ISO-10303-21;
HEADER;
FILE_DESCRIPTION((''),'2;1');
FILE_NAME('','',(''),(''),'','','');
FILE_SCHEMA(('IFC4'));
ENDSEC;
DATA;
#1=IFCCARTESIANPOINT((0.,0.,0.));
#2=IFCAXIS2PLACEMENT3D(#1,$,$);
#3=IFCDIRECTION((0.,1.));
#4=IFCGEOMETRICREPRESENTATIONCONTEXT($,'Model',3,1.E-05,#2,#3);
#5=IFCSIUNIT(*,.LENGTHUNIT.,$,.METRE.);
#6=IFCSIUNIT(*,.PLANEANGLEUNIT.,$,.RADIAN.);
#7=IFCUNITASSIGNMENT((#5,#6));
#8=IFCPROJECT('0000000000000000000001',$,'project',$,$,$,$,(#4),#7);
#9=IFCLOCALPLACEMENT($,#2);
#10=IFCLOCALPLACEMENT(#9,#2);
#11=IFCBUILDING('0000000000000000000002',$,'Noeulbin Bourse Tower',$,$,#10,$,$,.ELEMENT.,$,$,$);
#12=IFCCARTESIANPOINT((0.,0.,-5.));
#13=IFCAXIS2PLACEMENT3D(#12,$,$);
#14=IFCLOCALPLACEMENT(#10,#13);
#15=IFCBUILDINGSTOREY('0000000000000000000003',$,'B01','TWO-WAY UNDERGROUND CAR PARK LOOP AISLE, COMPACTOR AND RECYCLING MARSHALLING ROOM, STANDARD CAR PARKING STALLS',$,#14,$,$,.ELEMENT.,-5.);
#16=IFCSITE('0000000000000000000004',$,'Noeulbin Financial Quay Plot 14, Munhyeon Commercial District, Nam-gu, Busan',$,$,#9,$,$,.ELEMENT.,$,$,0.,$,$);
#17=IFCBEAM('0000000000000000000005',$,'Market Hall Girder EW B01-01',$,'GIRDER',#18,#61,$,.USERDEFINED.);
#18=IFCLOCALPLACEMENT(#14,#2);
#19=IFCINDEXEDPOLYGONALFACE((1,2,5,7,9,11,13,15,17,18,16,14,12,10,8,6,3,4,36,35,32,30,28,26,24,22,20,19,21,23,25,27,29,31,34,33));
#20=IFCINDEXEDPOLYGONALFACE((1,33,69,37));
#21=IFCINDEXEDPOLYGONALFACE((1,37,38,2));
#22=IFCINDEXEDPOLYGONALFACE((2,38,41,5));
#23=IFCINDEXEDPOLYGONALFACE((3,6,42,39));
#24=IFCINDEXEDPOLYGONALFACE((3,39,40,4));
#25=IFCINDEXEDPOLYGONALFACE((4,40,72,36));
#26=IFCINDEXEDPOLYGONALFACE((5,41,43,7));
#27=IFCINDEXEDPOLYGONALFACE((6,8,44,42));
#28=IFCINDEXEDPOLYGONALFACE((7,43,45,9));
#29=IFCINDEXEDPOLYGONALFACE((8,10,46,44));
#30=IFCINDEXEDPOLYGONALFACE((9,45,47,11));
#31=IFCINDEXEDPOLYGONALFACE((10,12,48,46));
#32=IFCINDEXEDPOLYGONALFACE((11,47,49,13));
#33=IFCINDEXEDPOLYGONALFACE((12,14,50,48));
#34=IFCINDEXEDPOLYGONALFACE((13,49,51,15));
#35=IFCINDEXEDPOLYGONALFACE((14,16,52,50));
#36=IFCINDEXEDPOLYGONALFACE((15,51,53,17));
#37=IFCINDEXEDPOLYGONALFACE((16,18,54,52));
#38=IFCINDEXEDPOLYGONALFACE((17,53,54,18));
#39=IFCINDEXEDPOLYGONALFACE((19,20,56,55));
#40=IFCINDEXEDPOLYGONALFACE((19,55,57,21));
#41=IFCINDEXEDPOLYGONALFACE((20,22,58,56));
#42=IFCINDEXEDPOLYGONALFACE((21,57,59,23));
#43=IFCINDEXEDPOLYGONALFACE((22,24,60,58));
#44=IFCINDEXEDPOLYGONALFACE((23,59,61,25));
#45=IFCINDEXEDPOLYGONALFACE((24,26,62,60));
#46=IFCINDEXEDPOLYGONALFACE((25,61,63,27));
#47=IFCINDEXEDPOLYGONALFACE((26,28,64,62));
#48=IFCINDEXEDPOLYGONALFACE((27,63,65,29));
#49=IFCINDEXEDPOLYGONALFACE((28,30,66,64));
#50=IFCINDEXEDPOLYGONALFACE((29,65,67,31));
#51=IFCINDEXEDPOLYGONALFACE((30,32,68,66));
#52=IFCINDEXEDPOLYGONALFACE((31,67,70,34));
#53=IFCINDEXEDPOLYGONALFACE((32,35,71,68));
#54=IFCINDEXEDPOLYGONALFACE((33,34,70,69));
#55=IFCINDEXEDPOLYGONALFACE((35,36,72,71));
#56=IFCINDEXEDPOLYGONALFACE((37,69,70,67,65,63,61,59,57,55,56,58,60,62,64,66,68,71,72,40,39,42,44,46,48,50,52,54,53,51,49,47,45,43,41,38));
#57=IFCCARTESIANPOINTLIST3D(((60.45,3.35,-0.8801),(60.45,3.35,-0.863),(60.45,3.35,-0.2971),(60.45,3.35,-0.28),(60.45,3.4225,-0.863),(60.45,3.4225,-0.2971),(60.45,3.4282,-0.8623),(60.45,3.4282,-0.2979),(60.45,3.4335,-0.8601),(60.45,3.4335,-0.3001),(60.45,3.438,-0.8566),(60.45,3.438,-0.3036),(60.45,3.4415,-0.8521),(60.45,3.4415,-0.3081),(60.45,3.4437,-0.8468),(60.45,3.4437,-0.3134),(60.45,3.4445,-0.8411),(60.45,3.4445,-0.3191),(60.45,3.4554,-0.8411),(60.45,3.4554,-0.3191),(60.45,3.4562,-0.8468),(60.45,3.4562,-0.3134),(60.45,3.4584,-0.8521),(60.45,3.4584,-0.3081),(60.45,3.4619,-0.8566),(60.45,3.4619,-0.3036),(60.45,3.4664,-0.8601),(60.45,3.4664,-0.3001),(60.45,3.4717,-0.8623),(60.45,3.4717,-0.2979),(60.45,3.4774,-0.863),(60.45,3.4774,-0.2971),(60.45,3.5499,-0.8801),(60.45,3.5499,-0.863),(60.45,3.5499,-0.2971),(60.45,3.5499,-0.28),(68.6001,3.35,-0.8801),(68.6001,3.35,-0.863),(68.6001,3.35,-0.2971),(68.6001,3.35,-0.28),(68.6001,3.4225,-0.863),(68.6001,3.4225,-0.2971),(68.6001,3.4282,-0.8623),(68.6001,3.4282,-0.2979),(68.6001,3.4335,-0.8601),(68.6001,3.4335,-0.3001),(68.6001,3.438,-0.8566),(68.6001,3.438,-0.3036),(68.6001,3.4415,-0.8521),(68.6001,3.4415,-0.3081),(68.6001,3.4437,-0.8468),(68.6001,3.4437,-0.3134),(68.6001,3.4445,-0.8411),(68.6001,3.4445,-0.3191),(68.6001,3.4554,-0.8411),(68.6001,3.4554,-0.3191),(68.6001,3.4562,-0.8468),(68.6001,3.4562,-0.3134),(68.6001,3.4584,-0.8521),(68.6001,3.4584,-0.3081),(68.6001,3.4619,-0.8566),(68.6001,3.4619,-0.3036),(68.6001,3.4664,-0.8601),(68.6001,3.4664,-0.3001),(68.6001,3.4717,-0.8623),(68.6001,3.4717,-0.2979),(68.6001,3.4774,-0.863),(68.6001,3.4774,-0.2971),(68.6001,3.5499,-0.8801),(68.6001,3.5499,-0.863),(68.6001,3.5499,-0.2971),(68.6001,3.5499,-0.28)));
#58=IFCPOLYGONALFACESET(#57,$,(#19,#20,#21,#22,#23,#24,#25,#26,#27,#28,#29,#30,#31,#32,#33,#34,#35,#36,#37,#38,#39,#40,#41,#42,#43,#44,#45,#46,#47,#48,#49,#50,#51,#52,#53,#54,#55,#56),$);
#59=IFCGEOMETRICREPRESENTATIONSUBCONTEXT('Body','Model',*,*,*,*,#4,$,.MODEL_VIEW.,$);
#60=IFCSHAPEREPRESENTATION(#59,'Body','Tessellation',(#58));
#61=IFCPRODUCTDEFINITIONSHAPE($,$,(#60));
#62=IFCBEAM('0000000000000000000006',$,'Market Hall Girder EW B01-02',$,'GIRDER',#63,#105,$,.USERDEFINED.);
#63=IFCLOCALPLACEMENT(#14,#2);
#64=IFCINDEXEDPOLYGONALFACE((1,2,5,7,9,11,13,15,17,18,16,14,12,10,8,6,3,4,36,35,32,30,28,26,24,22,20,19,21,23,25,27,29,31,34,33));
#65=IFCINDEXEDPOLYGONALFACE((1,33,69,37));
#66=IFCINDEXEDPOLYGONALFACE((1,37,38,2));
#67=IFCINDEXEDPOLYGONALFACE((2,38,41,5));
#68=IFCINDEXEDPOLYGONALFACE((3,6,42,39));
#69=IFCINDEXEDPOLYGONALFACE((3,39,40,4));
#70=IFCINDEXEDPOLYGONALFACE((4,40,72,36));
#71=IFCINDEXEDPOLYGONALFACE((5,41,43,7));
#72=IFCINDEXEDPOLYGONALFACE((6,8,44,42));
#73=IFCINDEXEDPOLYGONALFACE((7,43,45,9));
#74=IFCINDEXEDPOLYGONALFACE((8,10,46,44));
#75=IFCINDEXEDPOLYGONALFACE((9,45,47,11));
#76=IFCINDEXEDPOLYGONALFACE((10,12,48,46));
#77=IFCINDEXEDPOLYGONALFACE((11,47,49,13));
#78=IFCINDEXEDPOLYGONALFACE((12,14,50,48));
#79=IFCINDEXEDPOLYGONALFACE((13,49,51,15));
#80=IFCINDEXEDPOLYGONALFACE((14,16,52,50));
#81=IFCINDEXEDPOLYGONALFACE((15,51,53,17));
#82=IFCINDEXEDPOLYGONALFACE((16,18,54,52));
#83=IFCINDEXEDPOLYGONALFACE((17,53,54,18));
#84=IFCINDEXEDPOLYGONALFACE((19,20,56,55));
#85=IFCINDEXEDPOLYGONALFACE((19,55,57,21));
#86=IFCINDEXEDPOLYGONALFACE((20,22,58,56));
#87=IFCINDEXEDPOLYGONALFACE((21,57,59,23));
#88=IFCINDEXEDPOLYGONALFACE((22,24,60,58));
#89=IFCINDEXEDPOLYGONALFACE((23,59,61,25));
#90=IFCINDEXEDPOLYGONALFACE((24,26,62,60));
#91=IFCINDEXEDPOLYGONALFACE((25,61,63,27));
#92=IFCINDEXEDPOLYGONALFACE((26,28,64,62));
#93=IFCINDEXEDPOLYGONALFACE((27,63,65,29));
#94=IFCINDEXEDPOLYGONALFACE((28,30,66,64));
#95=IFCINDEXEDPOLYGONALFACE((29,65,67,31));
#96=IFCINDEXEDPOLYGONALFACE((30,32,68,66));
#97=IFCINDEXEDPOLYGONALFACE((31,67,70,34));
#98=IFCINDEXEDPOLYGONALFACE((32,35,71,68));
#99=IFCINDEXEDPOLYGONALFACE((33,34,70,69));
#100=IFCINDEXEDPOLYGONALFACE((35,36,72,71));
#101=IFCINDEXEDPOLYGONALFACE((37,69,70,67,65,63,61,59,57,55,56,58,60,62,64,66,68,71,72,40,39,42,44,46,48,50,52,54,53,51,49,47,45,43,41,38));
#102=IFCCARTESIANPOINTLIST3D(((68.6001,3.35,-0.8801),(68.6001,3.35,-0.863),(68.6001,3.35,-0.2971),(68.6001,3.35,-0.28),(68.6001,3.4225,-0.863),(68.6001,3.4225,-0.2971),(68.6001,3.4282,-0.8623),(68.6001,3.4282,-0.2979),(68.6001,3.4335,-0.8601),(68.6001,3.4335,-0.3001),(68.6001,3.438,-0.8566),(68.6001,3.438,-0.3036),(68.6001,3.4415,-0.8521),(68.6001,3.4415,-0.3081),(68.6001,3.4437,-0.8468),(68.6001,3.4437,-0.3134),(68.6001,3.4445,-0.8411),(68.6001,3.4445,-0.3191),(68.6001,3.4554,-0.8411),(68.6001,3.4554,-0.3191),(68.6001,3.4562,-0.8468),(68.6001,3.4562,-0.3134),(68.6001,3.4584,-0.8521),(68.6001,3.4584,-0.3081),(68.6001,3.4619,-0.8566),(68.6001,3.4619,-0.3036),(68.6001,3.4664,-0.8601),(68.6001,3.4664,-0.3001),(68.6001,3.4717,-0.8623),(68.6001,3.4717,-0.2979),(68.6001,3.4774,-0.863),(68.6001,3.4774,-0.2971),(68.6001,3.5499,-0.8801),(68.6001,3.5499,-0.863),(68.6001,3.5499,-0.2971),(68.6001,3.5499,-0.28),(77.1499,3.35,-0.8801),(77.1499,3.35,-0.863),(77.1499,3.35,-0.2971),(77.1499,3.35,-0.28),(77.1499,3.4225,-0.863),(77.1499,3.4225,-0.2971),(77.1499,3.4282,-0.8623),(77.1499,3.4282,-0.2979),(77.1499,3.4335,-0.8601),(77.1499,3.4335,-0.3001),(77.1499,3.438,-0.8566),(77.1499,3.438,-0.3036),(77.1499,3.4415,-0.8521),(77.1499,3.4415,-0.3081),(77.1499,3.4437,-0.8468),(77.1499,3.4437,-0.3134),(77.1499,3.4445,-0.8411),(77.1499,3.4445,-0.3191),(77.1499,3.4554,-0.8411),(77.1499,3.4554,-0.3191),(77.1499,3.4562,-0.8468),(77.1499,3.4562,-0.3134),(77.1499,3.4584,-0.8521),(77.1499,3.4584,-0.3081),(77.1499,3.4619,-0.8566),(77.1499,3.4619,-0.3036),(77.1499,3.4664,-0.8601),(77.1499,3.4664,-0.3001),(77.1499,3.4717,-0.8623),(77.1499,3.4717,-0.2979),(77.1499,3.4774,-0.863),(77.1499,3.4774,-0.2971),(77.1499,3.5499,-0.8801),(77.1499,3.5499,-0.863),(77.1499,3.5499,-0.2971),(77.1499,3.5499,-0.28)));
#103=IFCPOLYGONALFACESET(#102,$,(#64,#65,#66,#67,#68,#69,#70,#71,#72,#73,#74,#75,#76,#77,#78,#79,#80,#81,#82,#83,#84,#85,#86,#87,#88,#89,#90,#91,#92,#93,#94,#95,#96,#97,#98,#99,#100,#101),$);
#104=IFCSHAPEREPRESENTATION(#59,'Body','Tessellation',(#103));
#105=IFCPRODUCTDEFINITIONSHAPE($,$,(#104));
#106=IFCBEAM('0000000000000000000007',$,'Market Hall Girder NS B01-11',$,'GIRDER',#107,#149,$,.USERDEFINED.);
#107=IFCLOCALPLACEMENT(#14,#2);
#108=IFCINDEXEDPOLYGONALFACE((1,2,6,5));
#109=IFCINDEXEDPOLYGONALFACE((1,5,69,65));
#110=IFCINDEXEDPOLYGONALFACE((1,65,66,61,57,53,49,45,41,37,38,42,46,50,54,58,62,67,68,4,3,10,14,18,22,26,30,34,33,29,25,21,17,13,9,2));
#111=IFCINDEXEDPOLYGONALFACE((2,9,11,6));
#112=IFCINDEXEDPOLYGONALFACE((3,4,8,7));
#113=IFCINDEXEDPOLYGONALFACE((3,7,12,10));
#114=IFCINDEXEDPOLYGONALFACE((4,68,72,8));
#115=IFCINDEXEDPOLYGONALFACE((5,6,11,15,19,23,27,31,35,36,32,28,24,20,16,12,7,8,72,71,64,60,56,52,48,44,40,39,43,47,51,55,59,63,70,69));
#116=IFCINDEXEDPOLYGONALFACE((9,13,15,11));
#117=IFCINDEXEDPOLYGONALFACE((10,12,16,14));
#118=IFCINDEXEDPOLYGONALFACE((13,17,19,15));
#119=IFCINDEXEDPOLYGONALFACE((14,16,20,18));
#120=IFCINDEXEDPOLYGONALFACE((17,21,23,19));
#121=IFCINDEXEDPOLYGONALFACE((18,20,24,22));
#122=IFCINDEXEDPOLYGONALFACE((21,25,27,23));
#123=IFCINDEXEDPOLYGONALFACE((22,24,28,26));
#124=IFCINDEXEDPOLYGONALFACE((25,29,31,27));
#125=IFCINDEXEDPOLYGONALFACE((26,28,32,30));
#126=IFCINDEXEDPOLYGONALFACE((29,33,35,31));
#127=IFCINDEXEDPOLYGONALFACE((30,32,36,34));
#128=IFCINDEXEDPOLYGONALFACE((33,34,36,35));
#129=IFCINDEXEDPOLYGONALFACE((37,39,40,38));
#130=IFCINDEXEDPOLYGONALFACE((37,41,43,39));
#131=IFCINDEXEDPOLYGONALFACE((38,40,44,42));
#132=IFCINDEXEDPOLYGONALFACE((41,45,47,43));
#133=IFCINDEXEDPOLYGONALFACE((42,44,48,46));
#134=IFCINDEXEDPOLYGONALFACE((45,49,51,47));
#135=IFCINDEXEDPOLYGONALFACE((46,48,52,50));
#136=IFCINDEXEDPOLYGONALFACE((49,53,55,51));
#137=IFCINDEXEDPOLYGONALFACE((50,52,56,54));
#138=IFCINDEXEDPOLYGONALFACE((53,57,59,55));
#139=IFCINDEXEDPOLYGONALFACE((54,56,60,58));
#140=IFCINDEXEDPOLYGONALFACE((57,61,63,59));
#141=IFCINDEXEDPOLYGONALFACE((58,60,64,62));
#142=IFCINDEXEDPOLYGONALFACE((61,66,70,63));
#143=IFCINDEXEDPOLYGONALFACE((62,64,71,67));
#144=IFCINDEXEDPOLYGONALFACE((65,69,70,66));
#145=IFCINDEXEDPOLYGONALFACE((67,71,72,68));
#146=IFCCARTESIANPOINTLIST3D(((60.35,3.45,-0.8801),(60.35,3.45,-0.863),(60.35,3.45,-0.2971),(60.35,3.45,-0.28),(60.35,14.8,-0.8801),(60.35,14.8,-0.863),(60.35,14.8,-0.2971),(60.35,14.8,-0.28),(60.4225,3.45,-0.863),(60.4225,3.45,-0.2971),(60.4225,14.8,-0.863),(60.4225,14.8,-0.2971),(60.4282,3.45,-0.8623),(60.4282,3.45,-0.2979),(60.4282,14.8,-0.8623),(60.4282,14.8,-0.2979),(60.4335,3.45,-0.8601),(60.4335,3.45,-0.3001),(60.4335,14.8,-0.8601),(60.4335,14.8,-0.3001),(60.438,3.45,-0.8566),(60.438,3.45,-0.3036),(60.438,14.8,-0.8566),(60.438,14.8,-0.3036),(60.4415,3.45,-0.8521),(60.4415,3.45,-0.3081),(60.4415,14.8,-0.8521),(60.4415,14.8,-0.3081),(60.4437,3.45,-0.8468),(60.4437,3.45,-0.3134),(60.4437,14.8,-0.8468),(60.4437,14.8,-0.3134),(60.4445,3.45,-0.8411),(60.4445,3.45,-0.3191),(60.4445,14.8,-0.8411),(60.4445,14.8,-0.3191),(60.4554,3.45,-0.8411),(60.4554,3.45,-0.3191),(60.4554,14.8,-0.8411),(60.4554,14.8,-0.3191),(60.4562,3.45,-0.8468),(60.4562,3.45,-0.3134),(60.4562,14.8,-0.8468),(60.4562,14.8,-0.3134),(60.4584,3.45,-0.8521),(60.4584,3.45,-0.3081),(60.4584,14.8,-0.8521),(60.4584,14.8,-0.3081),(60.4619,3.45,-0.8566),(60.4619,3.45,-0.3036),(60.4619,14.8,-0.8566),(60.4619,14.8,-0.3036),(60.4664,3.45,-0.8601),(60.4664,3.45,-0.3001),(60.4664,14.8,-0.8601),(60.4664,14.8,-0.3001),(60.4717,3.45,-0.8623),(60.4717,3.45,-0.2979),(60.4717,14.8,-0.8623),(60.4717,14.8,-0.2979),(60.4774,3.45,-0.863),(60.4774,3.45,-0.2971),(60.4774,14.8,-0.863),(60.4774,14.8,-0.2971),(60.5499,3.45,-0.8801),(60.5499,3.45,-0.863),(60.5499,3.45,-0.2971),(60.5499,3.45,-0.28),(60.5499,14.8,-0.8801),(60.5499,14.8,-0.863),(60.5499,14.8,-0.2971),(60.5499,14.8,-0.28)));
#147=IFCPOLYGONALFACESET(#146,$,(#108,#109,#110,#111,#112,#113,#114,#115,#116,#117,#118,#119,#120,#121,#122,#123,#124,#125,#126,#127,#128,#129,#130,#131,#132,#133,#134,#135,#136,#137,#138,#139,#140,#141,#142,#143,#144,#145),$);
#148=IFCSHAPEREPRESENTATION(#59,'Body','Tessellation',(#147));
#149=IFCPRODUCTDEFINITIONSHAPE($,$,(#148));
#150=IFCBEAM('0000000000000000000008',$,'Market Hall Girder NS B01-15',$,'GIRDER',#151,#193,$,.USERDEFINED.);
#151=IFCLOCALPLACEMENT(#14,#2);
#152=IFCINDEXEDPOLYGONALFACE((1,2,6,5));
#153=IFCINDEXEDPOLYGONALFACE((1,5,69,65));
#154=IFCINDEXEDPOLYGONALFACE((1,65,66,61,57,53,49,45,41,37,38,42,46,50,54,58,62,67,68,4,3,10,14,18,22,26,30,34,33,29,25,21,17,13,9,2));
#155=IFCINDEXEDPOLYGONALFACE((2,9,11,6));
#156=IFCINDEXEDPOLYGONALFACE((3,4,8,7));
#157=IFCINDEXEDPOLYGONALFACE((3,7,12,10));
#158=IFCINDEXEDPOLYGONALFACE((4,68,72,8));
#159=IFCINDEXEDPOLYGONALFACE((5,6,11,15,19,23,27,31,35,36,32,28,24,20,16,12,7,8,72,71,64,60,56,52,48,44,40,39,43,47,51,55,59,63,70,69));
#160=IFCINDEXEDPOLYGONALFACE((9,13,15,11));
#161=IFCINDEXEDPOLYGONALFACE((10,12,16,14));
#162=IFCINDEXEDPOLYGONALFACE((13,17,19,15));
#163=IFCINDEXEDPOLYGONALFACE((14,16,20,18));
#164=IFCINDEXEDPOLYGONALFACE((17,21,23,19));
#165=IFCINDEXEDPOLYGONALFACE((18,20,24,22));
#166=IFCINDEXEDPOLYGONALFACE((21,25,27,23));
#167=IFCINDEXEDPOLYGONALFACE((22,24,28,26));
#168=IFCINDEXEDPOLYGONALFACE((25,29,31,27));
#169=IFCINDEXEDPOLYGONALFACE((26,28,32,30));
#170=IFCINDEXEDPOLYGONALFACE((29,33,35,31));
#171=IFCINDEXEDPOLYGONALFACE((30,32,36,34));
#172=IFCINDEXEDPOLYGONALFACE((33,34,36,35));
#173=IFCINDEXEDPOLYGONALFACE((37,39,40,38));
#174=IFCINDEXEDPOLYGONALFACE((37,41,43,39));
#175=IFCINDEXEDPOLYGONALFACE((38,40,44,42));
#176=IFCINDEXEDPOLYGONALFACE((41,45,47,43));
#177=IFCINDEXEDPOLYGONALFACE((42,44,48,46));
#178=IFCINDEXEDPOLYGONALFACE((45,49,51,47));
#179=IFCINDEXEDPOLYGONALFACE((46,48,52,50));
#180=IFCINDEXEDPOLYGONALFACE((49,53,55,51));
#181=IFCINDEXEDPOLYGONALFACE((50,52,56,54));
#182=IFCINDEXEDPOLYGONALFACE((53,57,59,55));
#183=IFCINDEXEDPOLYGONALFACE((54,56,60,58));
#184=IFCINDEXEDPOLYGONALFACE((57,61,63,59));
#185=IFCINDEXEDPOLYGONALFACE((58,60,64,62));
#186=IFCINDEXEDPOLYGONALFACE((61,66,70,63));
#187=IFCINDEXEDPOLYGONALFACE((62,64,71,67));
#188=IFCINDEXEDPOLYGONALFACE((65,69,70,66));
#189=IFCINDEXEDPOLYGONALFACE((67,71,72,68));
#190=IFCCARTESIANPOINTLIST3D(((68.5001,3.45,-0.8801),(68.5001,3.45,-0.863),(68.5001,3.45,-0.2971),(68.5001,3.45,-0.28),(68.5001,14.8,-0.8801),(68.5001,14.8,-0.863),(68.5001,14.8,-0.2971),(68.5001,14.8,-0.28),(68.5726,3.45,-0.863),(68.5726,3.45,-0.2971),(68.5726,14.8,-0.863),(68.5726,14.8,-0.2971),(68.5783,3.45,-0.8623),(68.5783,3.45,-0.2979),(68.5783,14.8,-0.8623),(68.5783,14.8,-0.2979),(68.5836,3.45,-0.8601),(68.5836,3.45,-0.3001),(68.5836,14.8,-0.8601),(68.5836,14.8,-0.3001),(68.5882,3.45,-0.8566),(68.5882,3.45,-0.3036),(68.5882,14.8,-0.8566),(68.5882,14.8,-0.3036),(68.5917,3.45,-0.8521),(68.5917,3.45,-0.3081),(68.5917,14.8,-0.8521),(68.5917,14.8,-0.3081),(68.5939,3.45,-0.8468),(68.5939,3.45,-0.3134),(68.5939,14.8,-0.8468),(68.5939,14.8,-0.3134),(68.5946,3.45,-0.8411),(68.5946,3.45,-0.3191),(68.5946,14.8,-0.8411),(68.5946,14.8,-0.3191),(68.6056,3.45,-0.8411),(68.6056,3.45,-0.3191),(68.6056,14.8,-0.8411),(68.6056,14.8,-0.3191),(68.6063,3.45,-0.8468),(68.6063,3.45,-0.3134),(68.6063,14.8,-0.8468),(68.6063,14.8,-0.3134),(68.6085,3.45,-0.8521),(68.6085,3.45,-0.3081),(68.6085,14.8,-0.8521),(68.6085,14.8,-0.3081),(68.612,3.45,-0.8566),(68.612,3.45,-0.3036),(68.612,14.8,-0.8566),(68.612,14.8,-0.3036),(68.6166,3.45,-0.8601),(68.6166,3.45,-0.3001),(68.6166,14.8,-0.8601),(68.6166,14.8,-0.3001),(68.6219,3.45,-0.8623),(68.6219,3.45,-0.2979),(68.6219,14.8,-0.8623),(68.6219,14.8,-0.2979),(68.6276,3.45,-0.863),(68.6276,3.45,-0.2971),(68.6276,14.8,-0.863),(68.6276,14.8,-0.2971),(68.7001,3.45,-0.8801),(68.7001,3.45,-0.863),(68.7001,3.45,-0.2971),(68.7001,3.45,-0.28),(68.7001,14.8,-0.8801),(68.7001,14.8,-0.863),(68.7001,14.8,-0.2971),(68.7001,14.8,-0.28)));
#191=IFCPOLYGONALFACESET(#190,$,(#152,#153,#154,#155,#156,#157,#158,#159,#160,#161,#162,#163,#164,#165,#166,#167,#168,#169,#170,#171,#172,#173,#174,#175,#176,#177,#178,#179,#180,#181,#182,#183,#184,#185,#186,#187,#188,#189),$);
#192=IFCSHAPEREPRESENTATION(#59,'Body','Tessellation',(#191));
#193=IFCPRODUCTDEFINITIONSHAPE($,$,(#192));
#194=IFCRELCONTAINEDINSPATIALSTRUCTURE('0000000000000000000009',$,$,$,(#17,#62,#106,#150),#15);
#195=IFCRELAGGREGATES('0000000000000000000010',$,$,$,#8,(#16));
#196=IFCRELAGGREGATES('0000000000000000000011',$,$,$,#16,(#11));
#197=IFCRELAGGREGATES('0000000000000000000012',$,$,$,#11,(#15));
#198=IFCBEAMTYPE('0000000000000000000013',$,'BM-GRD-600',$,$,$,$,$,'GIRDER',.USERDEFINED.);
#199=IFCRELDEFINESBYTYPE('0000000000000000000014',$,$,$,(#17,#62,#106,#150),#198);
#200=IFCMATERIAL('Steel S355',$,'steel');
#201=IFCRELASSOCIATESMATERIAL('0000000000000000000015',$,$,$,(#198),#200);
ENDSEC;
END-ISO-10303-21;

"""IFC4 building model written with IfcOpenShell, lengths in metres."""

from ifc_helpers import new_model, si_unit, direction, frame, origin, origin_2d, place, context, subcontext, project, spatial, i_section, extrude, material, material_profile, profile_set, type_object, element, save


model = new_model("IFC4")

# Units and contexts
model_context = context("Model", 3, precision=1e-05, world=origin(), true_north=direction((0.0, 1.0)))
body_context = subcontext(model_context, "Body", "Model", "MODEL_VIEW")
ifc_project = project(units=[si_unit("LENGTHUNIT", "METRE"), si_unit("PLANEANGLEUNIT", "RADIAN")], contexts=[model_context])

# Site, building, storey
site_placement = place(None, origin())
site = spatial("IfcSite", under=ifc_project, at=site_placement, Name="Noeulbin Financial Quay Plot 14, Munhyeon Commercial District, Nam-gu, Busan", CompositionType="ELEMENT", RefElevation=0.0)
building_placement = place(site_placement, origin())
building = spatial("IfcBuilding", under=site, at=building_placement, Name="Noeulbin Bourse Tower", CompositionType="ELEMENT")
storey_placement = place(building_placement, frame((0.0, 0.0, -5.0)))
storey = spatial("IfcBuildingStorey", under=building, at=storey_placement, Name="B01", Description="TWO-WAY UNDERGROUND CAR PARK LOOP AISLE, COMPACTOR AND RECYCLING MARSHALLING ROOM, STANDARD CAR PARKING STALLS", CompositionType="ELEMENT", Elevation=-5.0)

# Beams
ifc_material_1 = material(Name="Steel S355", Category="steel")
ifc_material_profile_1 = material_profile(ifc_material_1, i_section(OverallWidth=0.2, OverallDepth=0.6001, WebThickness=0.011, FlangeThickness=0.0171, FilletRadius=0.022, at=origin_2d()), Name="H-600x200x11x17", Category="LoadBearing")
ifc_profile_set_1 = profile_set([ifc_material_profile_1], Name="Steel S355")
beam_type_1 = type_object("IfcBeamType", Name="BM-GRD-600", ElementType="GIRDER", PredefinedType="USERDEFINED", material=ifc_profile_set_1)
beam_1_placement = place(storey_placement, frame((60.45, 3.45, -0.5801), z_axis=(1.0, 0.0, 0.0), x_axis=(0.0, 1.0, 0.0)))
element("IfcBeam", 1, at=beam_1_placement, inside=storey, type_object=beam_type_1, Name="Market Hall Girder EW B01-01", ObjectType="GIRDER", PredefinedType="USERDEFINED", context=body_context, shape_type="SweptSolid", body=[
    extrude(i_section(OverallWidth=0.2, OverallDepth=0.6001, WebThickness=0.011, FlangeThickness=0.0171, FilletRadius=0.022, at=origin_2d()), origin(), (0.0, 0.0, 1.0), 8.1501),
])
beam_2_placement = place(storey_placement, frame((68.6001, 3.45, -0.5801), z_axis=(1.0, 0.0, 0.0), x_axis=(0.0, 1.0, 0.0)))
element("IfcBeam", 2, at=beam_2_placement, inside=storey, type_object=beam_type_1, Name="Market Hall Girder EW B01-02", ObjectType="GIRDER", PredefinedType="USERDEFINED", context=body_context, shape_type="SweptSolid", body=[
    extrude(i_section(OverallWidth=0.2, OverallDepth=0.6001, WebThickness=0.011, FlangeThickness=0.0171, FilletRadius=0.022, at=origin_2d()), origin(), (0.0, 0.0, 1.0), 8.5498),
])
for number, where, z_axis, x_axis, name in (
    (3, (60.45, 3.45, -0.5801), (0.0, 1.0, 0.0), (-1.0, 0.0, 0.0), "Market Hall Girder NS B01-11"),
    (4, (68.6001, 3.45, -0.5801), (0.0, 1.0, 0.0), (-1.0, 0.0, 0.0), "Market Hall Girder NS B01-15"),
):
    element("IfcBeam", number, at=place(storey_placement, frame(where, z_axis=z_axis, x_axis=x_axis)), inside=storey, type_object=beam_type_1, Name=name, ObjectType="GIRDER", PredefinedType="USERDEFINED", context=body_context, shape_type="SweptSolid", body=[
        extrude(i_section(OverallWidth=0.2, OverallDepth=0.6001, WebThickness=0.011, FlangeThickness=0.0171, FilletRadius=0.022, at=origin_2d()), origin(), (0.0, 0.0, 1.0), 11.3501),
    ])

save(model, "model.ifc")
